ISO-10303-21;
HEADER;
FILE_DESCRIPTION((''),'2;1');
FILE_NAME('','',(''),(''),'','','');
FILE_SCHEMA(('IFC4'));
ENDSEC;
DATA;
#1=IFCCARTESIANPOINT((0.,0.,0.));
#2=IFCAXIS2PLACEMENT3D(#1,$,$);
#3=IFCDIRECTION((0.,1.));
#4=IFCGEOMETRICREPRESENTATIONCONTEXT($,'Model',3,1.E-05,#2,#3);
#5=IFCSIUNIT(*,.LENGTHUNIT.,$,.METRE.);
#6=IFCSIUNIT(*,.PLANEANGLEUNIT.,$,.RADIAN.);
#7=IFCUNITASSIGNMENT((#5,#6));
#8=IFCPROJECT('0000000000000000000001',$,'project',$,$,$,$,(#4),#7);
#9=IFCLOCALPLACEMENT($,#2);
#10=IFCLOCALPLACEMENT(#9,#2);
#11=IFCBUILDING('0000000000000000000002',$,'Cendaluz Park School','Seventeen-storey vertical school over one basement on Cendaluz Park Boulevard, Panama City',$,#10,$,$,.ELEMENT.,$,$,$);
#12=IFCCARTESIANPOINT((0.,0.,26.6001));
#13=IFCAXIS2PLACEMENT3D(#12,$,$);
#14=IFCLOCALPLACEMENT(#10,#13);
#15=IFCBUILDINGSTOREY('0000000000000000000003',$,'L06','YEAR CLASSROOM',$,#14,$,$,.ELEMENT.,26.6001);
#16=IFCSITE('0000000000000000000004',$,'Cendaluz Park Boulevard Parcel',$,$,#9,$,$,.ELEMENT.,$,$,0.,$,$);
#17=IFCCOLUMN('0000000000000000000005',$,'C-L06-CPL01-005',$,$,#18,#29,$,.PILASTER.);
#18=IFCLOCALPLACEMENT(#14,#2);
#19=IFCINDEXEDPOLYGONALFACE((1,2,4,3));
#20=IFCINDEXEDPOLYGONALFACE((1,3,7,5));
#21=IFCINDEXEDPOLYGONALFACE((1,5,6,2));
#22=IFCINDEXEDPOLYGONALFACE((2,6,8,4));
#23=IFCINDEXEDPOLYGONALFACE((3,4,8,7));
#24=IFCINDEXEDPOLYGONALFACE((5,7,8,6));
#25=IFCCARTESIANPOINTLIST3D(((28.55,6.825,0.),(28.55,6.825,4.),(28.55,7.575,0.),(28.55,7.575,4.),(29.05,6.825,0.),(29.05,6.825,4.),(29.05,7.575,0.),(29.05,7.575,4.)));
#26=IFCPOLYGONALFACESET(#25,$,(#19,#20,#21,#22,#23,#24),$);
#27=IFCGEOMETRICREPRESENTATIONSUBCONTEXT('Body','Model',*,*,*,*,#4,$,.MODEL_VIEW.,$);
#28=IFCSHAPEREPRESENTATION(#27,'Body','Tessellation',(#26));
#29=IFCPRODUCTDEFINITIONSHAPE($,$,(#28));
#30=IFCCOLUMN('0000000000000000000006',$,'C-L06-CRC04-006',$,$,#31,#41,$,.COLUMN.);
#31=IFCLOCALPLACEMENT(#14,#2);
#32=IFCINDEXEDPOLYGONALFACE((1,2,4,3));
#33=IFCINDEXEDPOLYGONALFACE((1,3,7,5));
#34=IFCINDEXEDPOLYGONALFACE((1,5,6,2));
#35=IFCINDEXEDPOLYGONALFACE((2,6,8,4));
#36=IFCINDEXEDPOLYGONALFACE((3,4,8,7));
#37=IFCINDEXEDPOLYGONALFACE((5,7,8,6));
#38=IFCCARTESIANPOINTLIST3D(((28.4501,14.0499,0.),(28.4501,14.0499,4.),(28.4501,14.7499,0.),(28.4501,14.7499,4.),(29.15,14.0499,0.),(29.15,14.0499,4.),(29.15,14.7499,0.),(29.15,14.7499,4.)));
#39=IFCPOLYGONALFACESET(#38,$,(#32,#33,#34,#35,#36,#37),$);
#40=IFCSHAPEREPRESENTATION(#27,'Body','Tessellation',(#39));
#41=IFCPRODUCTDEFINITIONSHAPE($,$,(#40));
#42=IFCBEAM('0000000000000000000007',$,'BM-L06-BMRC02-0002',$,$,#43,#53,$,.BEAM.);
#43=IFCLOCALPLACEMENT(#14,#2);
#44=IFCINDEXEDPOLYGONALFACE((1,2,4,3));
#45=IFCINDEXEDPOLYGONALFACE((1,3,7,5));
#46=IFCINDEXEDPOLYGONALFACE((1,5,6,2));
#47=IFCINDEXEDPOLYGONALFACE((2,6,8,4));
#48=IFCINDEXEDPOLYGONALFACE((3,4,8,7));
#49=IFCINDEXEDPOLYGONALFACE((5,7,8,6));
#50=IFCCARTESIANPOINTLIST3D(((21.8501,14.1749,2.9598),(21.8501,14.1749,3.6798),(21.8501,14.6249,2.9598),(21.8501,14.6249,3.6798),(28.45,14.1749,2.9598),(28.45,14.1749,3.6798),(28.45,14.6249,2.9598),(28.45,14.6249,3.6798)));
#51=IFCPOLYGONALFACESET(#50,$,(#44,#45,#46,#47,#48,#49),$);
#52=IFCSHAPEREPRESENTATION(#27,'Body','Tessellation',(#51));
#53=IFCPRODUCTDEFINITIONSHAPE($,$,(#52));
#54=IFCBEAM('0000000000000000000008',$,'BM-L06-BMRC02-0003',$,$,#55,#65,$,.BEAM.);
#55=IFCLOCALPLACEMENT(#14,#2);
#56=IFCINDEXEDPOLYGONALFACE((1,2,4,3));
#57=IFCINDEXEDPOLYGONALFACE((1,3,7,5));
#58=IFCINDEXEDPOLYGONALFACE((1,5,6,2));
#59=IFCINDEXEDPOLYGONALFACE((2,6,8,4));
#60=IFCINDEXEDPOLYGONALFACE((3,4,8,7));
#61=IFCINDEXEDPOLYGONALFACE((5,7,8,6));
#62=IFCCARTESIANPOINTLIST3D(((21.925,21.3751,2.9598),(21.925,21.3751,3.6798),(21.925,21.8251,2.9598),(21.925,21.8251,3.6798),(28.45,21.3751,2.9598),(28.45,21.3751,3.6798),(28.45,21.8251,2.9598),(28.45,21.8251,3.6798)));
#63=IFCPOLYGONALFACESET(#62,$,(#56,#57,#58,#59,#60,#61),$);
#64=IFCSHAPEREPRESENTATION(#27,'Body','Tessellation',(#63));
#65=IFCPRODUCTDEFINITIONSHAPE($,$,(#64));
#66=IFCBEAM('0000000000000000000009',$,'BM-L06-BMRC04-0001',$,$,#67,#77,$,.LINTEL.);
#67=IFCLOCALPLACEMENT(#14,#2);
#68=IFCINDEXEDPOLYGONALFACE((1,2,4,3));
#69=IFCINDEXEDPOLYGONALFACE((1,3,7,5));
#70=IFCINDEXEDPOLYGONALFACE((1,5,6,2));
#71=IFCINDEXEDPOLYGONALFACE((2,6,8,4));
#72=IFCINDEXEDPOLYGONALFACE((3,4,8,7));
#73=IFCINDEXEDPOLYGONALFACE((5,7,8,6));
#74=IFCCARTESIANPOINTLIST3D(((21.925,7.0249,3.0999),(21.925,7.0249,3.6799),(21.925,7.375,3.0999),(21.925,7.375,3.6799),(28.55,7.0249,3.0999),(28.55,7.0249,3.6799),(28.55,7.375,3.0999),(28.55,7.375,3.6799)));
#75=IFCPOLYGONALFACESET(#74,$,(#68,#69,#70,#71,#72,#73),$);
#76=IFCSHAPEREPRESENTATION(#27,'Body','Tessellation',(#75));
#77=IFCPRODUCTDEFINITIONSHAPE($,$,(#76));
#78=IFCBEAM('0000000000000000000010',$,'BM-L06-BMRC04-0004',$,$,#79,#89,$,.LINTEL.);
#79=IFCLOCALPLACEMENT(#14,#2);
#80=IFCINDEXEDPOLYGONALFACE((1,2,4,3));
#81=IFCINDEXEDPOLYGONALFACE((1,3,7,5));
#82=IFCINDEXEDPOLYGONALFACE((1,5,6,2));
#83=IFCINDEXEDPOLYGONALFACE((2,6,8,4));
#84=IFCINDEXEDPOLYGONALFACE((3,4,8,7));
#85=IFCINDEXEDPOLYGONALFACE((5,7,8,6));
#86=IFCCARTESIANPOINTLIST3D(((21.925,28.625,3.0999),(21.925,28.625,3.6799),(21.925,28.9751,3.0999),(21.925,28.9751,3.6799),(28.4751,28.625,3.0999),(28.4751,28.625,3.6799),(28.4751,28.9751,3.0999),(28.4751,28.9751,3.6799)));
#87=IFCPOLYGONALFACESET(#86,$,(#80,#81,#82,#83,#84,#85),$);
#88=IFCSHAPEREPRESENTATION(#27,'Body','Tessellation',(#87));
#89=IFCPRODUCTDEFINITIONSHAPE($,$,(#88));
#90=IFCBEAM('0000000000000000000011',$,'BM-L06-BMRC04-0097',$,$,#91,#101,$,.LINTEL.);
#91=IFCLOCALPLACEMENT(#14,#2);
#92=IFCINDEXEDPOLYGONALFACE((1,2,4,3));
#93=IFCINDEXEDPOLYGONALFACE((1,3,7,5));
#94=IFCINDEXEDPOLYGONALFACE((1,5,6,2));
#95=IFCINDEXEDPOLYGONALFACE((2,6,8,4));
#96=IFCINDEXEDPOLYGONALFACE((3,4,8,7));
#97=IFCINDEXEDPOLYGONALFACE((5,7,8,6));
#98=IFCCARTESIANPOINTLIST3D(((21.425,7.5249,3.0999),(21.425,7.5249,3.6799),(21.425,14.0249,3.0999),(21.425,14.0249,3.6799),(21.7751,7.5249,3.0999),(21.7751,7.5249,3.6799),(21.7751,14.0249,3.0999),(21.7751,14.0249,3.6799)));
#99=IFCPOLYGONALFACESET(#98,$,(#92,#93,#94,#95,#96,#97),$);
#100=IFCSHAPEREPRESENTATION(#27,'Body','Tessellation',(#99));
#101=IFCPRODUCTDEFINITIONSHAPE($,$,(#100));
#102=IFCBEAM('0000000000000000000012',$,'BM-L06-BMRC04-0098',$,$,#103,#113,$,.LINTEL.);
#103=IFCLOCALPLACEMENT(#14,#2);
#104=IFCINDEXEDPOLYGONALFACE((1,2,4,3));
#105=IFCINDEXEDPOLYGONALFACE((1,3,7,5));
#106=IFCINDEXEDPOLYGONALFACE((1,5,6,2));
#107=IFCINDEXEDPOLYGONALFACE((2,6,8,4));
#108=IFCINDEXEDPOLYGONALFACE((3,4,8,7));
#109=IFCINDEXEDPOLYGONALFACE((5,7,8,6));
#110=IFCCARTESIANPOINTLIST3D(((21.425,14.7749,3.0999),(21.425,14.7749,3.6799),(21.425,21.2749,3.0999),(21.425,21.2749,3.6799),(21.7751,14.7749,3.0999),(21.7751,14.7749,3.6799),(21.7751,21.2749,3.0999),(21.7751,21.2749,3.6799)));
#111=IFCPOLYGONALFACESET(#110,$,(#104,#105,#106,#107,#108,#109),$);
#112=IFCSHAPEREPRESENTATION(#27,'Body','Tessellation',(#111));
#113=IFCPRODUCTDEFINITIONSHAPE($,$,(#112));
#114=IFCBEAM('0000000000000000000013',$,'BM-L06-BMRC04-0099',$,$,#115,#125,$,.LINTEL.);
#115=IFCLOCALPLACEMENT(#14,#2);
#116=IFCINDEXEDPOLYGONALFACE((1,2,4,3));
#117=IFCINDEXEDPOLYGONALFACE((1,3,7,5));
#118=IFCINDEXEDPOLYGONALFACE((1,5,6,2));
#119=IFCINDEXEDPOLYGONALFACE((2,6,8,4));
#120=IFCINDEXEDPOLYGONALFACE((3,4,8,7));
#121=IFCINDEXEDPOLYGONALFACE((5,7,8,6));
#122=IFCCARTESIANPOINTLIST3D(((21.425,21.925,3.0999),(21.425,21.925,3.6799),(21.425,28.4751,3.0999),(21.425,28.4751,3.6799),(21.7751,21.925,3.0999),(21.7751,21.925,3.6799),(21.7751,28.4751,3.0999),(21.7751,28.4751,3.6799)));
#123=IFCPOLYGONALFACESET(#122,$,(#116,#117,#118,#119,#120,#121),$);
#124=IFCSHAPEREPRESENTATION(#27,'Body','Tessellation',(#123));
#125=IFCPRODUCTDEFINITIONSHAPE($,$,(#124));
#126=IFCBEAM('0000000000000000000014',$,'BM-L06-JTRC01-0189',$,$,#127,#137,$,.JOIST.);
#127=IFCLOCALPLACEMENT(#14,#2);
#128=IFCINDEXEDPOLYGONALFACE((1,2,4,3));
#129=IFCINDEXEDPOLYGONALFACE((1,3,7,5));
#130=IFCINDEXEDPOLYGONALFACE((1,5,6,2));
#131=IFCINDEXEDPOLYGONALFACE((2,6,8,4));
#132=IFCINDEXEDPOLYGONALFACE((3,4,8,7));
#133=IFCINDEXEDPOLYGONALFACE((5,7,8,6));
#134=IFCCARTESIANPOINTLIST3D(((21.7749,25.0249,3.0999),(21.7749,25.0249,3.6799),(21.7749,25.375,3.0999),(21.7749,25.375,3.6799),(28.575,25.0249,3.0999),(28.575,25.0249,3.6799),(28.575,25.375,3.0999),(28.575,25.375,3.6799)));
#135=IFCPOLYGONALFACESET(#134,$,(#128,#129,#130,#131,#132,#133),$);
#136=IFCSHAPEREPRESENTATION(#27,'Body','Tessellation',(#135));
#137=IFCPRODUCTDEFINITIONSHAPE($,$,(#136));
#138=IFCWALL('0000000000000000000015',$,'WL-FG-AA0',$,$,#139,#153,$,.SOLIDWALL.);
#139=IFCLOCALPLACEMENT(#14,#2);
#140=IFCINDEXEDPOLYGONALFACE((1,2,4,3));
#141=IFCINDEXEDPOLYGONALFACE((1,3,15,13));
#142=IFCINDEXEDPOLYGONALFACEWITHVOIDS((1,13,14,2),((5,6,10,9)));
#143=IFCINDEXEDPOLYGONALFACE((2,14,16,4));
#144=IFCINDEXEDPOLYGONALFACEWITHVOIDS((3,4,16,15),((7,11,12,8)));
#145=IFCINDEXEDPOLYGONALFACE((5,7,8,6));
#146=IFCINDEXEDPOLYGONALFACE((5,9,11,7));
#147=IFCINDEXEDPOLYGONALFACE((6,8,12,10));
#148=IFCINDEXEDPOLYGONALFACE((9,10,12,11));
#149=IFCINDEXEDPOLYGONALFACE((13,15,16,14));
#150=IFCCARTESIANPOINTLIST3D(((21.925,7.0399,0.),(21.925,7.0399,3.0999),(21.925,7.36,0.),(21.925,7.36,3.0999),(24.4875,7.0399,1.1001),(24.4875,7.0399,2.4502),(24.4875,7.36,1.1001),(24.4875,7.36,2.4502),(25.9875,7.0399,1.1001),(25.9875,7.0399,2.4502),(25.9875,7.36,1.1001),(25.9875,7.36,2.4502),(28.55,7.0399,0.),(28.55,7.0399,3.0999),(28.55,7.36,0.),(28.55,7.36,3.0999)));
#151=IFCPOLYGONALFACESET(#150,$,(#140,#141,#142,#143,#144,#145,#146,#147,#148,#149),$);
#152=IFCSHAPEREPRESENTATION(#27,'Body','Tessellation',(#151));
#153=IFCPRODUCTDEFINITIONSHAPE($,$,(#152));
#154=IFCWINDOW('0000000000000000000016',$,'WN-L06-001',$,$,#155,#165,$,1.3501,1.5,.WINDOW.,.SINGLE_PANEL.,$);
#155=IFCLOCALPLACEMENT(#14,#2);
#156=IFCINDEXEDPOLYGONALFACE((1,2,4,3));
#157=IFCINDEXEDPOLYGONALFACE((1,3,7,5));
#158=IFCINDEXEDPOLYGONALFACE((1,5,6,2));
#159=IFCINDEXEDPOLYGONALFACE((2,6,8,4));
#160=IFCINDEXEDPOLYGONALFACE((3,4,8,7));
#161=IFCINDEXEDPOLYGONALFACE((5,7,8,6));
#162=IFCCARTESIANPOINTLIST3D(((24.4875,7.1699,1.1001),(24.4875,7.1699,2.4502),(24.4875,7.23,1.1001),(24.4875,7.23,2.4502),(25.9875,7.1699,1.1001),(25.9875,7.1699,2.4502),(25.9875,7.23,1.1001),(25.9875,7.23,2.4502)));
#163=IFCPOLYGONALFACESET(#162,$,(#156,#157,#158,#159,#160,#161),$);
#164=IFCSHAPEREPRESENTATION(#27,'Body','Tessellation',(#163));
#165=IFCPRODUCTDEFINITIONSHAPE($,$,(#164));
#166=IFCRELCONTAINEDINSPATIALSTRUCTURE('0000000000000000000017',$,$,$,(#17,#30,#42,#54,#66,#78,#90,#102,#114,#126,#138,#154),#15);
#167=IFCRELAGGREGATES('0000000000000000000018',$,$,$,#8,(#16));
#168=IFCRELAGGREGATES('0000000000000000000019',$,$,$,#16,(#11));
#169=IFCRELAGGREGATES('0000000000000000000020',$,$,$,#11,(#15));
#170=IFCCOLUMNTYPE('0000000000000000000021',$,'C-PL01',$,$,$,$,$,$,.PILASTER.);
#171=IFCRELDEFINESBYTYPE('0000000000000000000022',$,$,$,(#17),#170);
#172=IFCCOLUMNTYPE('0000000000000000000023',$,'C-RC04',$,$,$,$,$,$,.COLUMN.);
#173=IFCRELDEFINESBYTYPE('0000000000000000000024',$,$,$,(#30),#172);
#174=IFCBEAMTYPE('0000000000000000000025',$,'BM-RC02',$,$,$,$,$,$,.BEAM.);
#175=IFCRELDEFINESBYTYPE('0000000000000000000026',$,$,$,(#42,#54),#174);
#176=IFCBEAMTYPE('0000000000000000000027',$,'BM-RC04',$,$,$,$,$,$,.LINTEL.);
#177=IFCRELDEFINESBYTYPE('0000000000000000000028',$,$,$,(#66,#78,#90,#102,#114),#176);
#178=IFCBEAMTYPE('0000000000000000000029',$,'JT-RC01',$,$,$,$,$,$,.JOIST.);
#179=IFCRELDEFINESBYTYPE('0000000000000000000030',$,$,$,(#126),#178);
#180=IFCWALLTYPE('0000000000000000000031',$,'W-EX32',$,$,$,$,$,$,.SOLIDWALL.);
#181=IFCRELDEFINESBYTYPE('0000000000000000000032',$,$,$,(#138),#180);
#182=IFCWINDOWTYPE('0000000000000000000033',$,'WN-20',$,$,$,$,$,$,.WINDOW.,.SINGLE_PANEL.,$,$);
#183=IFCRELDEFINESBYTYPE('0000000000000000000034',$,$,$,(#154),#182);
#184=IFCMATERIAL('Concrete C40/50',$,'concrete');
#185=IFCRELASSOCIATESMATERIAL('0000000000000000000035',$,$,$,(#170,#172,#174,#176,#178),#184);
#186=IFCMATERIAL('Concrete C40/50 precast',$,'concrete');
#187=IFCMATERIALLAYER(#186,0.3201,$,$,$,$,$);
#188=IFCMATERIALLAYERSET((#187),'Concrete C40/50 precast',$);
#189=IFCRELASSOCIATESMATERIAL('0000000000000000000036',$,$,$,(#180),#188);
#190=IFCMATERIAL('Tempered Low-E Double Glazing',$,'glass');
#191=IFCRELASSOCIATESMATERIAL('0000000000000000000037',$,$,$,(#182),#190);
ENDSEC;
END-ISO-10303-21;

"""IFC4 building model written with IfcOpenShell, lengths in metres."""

from ifc_helpers import new_model, si_unit, direction, frame, frame_2d, origin, origin_2d, place, context, subcontext, project, spatial, rectangle, extrude, material, layer, layer_set, material_profile, profile_set, type_object, element, fill, save


model = new_model("IFC4")

# Units and contexts
model_context = context("Model", 3, precision=1e-05, world=origin(), true_north=direction((0.0, 1.0)))
body_context = subcontext(model_context, "Body", "Model", "MODEL_VIEW")
ifc_project = project(units=[si_unit("LENGTHUNIT", "METRE"), si_unit("PLANEANGLEUNIT", "RADIAN")], contexts=[model_context])

# Site, building, storey
site_placement = place(None, origin())
site = spatial("IfcSite", under=ifc_project, at=site_placement, Name="Cendaluz Park Boulevard Parcel", CompositionType="ELEMENT", RefElevation=0.0)
building_placement = place(site_placement, origin())
building = spatial("IfcBuilding", under=site, at=building_placement, Name="Cendaluz Park School", Description="Seventeen-storey vertical school over one basement on Cendaluz Park Boulevard, Panama City", CompositionType="ELEMENT")
storey_placement = place(building_placement, frame((0.0, 0.0, 26.6001)))
storey = spatial("IfcBuildingStorey", under=building, at=storey_placement, Name="L06", Description="YEAR CLASSROOM", CompositionType="ELEMENT", Elevation=26.6001)

# Columns
ifc_material_1 = material(Name="Concrete C40/50", Category="concrete")
ifc_material_profile_1 = material_profile(ifc_material_1, rectangle(XDim=0.5, YDim=0.75, at=origin_2d()), Name="RC 500x750", Category="concrete")
ifc_profile_set_1 = profile_set([ifc_material_profile_1], Name="Concrete C40/50")
column_type_1 = type_object("IfcColumnType", Name="C-PL01", PredefinedType="PILASTER", material=ifc_profile_set_1)
column_1_placement = place(storey_placement, frame((28.8, 7.2, 0.0), z_axis=(0.0, 0.0, 1.0), x_axis=(1.0, 0.0, 0.0)))
element("IfcColumn", 1, at=column_1_placement, inside=storey, type_object=column_type_1, Name="C-L06-CPL01-005", PredefinedType="PILASTER", context=body_context, shape_type="SweptSolid", body=[
    extrude(rectangle(XDim=0.5, YDim=0.75, at=origin_2d()), origin(), (0.0, 0.0, 1.0), 4.0),
])
ifc_material_profile_2 = material_profile(ifc_material_1, rectangle(XDim=0.7, YDim=0.7, at=origin_2d()), Name="RC 700x700", Category="concrete")
ifc_profile_set_2 = profile_set([ifc_material_profile_2], Name="Concrete C40/50")
column_type_2 = type_object("IfcColumnType", Name="C-RC04", PredefinedType="COLUMN", material=ifc_profile_set_2)
column_2_placement = place(storey_placement, frame((28.8, 14.3999, 0.0), z_axis=(0.0, 0.0, 1.0), x_axis=(1.0, 0.0, 0.0)))
element("IfcColumn", 2, at=column_2_placement, inside=storey, type_object=column_type_2, Name="C-L06-CRC04-006", PredefinedType="COLUMN", context=body_context, shape_type="SweptSolid", body=[
    extrude(rectangle(XDim=0.7, YDim=0.7, at=origin_2d()), origin(), (0.0, 0.0, 1.0), 4.0),
])

# Beams
ifc_material_profile_3 = material_profile(ifc_material_1, rectangle(XDim=0.45, YDim=0.72, at=origin_2d()), Name="RC 450x720", Category="concrete")
ifc_profile_set_3 = profile_set([ifc_material_profile_3], Name="Concrete C40/50")
beam_type_1 = type_object("IfcBeamType", Name="BM-RC02", PredefinedType="BEAM", material=ifc_profile_set_3)
beam_1_placement = place(storey_placement, frame((21.8501, 14.3999, 3.3198), z_axis=(1.0, 0.0, 0.0), x_axis=(0.0, 1.0, 0.0)))
element("IfcBeam", 3, at=beam_1_placement, inside=storey, type_object=beam_type_1, Name="BM-L06-BMRC02-0002", PredefinedType="BEAM", context=body_context, shape_type="SweptSolid", body=[
    extrude(rectangle(XDim=0.45, YDim=0.72, at=origin_2d()), origin(), (0.0, 0.0, 1.0), 6.5999),
])
beam_2_placement = place(storey_placement, frame((21.925, 21.6001, 3.3198), z_axis=(1.0, 0.0, 0.0), x_axis=(0.0, 1.0, 0.0)))
element("IfcBeam", 4, at=beam_2_placement, inside=storey, type_object=beam_type_1, Name="BM-L06-BMRC02-0003", PredefinedType="BEAM", context=body_context, shape_type="SweptSolid", body=[
    extrude(rectangle(XDim=0.45, YDim=0.72, at=origin_2d()), origin(), (0.0, 0.0, 1.0), 6.5249),
])
ifc_material_profile_4 = material_profile(ifc_material_1, rectangle(XDim=0.3501, YDim=0.5801, at=origin_2d()), Name="RC 350x580", Category="concrete")
ifc_profile_set_4 = profile_set([ifc_material_profile_4], Name="Concrete C40/50")
beam_type_2 = type_object("IfcBeamType", Name="BM-RC04", PredefinedType="LINTEL", material=ifc_profile_set_4)
beam_3_placement = place(storey_placement, frame((21.925, 7.2, 3.3899), z_axis=(1.0, 0.0, 0.0), x_axis=(0.0, 1.0, 0.0)))
element("IfcBeam", 5, at=beam_3_placement, inside=storey, type_object=beam_type_2, Name="BM-L06-BMRC04-0001", PredefinedType="LINTEL", context=body_context, shape_type="SweptSolid", body=[
    extrude(rectangle(XDim=0.3501, YDim=0.5801, at=origin_2d()), origin(), (0.0, 0.0, 1.0), 6.625),
])
beam_4_placement = place(storey_placement, frame((21.925, 28.8, 3.3899), z_axis=(1.0, 0.0, 0.0), x_axis=(0.0, 1.0, 0.0)))
element("IfcBeam", 6, at=beam_4_placement, inside=storey, type_object=beam_type_2, Name="BM-L06-BMRC04-0004", PredefinedType="LINTEL", context=body_context, shape_type="SweptSolid", body=[
    extrude(rectangle(XDim=0.3501, YDim=0.5801, at=origin_2d()), origin(), (0.0, 0.0, 1.0), 6.55),
])
for number, where, z_axis, x_axis, name in (
    (7, (21.6001, 7.5249, 3.3899), (0.0, 1.0, 0.0), (-1.0, 0.0, 0.0), "BM-L06-BMRC04-0097"),
    (8, (21.6001, 14.7749, 3.3899), (0.0, 1.0, 0.0), (-1.0, 0.0, 0.0), "BM-L06-BMRC04-0098"),
):
    element("IfcBeam", number, at=place(storey_placement, frame(where, z_axis=z_axis, x_axis=x_axis)), inside=storey, type_object=beam_type_2, Name=name, PredefinedType="LINTEL", context=body_context, shape_type="SweptSolid", body=[
        extrude(rectangle(XDim=0.3501, YDim=0.5801, at=origin_2d()), origin(), (0.0, 0.0, 1.0), 6.5),
    ])
beam_5_placement = place(storey_placement, frame((21.6001, 21.925, 3.3899), z_axis=(0.0, 1.0, 0.0), x_axis=(-1.0, 0.0, 0.0)))
element("IfcBeam", 9, at=beam_5_placement, inside=storey, type_object=beam_type_2, Name="BM-L06-BMRC04-0099", PredefinedType="LINTEL", context=body_context, shape_type="SweptSolid", body=[
    extrude(rectangle(XDim=0.3501, YDim=0.5801, at=origin_2d()), origin(), (0.0, 0.0, 1.0), 6.55),
])
ifc_material_profile_5 = material_profile(ifc_material_1, rectangle(XDim=0.3501, YDim=0.5801, at=origin_2d()), Name="RC 350x580", Category="concrete")
ifc_profile_set_5 = profile_set([ifc_material_profile_5], Name="Concrete C40/50")
beam_type_3 = type_object("IfcBeamType", Name="JT-RC01", PredefinedType="JOIST", material=ifc_profile_set_5)
beam_6_placement = place(storey_placement, frame((21.7749, 25.2, 3.3899), z_axis=(1.0, 0.0, 0.0), x_axis=(0.0, 1.0, 0.0)))
element("IfcBeam", 10, at=beam_6_placement, inside=storey, type_object=beam_type_3, Name="BM-L06-JTRC01-0189", PredefinedType="JOIST", context=body_context, shape_type="SweptSolid", body=[
    extrude(rectangle(XDim=0.3501, YDim=0.5801, at=origin_2d()), origin(), (0.0, 0.0, 1.0), 6.8),
])

# Wall, opening, window
ifc_material_2 = material(Name="Concrete C40/50 precast", Category="concrete")
ifc_layer_1 = layer(ifc_material_2, 0.3201)
ifc_layer_set_1 = layer_set([ifc_layer_1], Name="Concrete C40/50 precast")
wall_type_1 = type_object("IfcWallType", Name="W-EX32", PredefinedType="SOLIDWALL", material=ifc_layer_set_1)
wall_1_placement = place(storey_placement, frame((21.925, 7.2, 0.0), z_axis=(0.0, 0.0, 1.0), x_axis=(1.0, 0.0, 0.0)))
wall_1 = element("IfcWall", 11, at=wall_1_placement, inside=storey, type_object=wall_type_1, Name="WL-FG-AA0", PredefinedType="SOLIDWALL", context=body_context, shape_type="SweptSolid", body=[
    extrude(rectangle(XDim=6.625, YDim=0.3201, at=frame_2d((3.3125, 0.0))), origin(), (0.0, 0.0, 1.0), 3.0999),
])
opening_1_placement = place(wall_1_placement, frame((2.5625, 0.0, 1.1001)))
opening_1 = element("IfcOpeningElement", 12, at=opening_1_placement, cuts=wall_1, PredefinedType="OPENING", context=body_context, shape_type="SweptSolid", body=[
    extrude(rectangle(XDim=1.5, YDim=1.3501, at=frame_2d((0.75, 0.675))), frame((0.0, 0.1721, 0.0), z_axis=(0.0, -1.0, 0.0), x_axis=(1.0, 0.0, 0.0)), (0.0, 0.0, 1.0), 0.344),
])
ifc_material_3 = material(Name="Tempered Low-E Double Glazing", Category="glass")
window_type_1 = type_object("IfcWindowType", Name="WN-20", PartitioningType="SINGLE_PANEL", PredefinedType="WINDOW", material=ifc_material_3)
window_1_placement = place(opening_1_placement, origin())
window_1 = element("IfcWindow", 13, at=window_1_placement, inside=storey, type_object=window_type_1, Name="WN-L06-001", OverallHeight=1.3501, OverallWidth=1.5, PartitioningType="SINGLE_PANEL", PredefinedType="WINDOW", context=body_context, shape_type="SweptSolid", body=[
    extrude(rectangle(XDim=1.5, YDim=1.3501, at=frame_2d((0.75, 0.675))), frame((0.0, 0.03, 0.0), z_axis=(0.0, -1.0, 0.0), x_axis=(1.0, 0.0, 0.0)), (0.0, 0.0, 1.0), 0.0601),
])
fill(opening_1, window_1)

save(model, "model.ifc")
